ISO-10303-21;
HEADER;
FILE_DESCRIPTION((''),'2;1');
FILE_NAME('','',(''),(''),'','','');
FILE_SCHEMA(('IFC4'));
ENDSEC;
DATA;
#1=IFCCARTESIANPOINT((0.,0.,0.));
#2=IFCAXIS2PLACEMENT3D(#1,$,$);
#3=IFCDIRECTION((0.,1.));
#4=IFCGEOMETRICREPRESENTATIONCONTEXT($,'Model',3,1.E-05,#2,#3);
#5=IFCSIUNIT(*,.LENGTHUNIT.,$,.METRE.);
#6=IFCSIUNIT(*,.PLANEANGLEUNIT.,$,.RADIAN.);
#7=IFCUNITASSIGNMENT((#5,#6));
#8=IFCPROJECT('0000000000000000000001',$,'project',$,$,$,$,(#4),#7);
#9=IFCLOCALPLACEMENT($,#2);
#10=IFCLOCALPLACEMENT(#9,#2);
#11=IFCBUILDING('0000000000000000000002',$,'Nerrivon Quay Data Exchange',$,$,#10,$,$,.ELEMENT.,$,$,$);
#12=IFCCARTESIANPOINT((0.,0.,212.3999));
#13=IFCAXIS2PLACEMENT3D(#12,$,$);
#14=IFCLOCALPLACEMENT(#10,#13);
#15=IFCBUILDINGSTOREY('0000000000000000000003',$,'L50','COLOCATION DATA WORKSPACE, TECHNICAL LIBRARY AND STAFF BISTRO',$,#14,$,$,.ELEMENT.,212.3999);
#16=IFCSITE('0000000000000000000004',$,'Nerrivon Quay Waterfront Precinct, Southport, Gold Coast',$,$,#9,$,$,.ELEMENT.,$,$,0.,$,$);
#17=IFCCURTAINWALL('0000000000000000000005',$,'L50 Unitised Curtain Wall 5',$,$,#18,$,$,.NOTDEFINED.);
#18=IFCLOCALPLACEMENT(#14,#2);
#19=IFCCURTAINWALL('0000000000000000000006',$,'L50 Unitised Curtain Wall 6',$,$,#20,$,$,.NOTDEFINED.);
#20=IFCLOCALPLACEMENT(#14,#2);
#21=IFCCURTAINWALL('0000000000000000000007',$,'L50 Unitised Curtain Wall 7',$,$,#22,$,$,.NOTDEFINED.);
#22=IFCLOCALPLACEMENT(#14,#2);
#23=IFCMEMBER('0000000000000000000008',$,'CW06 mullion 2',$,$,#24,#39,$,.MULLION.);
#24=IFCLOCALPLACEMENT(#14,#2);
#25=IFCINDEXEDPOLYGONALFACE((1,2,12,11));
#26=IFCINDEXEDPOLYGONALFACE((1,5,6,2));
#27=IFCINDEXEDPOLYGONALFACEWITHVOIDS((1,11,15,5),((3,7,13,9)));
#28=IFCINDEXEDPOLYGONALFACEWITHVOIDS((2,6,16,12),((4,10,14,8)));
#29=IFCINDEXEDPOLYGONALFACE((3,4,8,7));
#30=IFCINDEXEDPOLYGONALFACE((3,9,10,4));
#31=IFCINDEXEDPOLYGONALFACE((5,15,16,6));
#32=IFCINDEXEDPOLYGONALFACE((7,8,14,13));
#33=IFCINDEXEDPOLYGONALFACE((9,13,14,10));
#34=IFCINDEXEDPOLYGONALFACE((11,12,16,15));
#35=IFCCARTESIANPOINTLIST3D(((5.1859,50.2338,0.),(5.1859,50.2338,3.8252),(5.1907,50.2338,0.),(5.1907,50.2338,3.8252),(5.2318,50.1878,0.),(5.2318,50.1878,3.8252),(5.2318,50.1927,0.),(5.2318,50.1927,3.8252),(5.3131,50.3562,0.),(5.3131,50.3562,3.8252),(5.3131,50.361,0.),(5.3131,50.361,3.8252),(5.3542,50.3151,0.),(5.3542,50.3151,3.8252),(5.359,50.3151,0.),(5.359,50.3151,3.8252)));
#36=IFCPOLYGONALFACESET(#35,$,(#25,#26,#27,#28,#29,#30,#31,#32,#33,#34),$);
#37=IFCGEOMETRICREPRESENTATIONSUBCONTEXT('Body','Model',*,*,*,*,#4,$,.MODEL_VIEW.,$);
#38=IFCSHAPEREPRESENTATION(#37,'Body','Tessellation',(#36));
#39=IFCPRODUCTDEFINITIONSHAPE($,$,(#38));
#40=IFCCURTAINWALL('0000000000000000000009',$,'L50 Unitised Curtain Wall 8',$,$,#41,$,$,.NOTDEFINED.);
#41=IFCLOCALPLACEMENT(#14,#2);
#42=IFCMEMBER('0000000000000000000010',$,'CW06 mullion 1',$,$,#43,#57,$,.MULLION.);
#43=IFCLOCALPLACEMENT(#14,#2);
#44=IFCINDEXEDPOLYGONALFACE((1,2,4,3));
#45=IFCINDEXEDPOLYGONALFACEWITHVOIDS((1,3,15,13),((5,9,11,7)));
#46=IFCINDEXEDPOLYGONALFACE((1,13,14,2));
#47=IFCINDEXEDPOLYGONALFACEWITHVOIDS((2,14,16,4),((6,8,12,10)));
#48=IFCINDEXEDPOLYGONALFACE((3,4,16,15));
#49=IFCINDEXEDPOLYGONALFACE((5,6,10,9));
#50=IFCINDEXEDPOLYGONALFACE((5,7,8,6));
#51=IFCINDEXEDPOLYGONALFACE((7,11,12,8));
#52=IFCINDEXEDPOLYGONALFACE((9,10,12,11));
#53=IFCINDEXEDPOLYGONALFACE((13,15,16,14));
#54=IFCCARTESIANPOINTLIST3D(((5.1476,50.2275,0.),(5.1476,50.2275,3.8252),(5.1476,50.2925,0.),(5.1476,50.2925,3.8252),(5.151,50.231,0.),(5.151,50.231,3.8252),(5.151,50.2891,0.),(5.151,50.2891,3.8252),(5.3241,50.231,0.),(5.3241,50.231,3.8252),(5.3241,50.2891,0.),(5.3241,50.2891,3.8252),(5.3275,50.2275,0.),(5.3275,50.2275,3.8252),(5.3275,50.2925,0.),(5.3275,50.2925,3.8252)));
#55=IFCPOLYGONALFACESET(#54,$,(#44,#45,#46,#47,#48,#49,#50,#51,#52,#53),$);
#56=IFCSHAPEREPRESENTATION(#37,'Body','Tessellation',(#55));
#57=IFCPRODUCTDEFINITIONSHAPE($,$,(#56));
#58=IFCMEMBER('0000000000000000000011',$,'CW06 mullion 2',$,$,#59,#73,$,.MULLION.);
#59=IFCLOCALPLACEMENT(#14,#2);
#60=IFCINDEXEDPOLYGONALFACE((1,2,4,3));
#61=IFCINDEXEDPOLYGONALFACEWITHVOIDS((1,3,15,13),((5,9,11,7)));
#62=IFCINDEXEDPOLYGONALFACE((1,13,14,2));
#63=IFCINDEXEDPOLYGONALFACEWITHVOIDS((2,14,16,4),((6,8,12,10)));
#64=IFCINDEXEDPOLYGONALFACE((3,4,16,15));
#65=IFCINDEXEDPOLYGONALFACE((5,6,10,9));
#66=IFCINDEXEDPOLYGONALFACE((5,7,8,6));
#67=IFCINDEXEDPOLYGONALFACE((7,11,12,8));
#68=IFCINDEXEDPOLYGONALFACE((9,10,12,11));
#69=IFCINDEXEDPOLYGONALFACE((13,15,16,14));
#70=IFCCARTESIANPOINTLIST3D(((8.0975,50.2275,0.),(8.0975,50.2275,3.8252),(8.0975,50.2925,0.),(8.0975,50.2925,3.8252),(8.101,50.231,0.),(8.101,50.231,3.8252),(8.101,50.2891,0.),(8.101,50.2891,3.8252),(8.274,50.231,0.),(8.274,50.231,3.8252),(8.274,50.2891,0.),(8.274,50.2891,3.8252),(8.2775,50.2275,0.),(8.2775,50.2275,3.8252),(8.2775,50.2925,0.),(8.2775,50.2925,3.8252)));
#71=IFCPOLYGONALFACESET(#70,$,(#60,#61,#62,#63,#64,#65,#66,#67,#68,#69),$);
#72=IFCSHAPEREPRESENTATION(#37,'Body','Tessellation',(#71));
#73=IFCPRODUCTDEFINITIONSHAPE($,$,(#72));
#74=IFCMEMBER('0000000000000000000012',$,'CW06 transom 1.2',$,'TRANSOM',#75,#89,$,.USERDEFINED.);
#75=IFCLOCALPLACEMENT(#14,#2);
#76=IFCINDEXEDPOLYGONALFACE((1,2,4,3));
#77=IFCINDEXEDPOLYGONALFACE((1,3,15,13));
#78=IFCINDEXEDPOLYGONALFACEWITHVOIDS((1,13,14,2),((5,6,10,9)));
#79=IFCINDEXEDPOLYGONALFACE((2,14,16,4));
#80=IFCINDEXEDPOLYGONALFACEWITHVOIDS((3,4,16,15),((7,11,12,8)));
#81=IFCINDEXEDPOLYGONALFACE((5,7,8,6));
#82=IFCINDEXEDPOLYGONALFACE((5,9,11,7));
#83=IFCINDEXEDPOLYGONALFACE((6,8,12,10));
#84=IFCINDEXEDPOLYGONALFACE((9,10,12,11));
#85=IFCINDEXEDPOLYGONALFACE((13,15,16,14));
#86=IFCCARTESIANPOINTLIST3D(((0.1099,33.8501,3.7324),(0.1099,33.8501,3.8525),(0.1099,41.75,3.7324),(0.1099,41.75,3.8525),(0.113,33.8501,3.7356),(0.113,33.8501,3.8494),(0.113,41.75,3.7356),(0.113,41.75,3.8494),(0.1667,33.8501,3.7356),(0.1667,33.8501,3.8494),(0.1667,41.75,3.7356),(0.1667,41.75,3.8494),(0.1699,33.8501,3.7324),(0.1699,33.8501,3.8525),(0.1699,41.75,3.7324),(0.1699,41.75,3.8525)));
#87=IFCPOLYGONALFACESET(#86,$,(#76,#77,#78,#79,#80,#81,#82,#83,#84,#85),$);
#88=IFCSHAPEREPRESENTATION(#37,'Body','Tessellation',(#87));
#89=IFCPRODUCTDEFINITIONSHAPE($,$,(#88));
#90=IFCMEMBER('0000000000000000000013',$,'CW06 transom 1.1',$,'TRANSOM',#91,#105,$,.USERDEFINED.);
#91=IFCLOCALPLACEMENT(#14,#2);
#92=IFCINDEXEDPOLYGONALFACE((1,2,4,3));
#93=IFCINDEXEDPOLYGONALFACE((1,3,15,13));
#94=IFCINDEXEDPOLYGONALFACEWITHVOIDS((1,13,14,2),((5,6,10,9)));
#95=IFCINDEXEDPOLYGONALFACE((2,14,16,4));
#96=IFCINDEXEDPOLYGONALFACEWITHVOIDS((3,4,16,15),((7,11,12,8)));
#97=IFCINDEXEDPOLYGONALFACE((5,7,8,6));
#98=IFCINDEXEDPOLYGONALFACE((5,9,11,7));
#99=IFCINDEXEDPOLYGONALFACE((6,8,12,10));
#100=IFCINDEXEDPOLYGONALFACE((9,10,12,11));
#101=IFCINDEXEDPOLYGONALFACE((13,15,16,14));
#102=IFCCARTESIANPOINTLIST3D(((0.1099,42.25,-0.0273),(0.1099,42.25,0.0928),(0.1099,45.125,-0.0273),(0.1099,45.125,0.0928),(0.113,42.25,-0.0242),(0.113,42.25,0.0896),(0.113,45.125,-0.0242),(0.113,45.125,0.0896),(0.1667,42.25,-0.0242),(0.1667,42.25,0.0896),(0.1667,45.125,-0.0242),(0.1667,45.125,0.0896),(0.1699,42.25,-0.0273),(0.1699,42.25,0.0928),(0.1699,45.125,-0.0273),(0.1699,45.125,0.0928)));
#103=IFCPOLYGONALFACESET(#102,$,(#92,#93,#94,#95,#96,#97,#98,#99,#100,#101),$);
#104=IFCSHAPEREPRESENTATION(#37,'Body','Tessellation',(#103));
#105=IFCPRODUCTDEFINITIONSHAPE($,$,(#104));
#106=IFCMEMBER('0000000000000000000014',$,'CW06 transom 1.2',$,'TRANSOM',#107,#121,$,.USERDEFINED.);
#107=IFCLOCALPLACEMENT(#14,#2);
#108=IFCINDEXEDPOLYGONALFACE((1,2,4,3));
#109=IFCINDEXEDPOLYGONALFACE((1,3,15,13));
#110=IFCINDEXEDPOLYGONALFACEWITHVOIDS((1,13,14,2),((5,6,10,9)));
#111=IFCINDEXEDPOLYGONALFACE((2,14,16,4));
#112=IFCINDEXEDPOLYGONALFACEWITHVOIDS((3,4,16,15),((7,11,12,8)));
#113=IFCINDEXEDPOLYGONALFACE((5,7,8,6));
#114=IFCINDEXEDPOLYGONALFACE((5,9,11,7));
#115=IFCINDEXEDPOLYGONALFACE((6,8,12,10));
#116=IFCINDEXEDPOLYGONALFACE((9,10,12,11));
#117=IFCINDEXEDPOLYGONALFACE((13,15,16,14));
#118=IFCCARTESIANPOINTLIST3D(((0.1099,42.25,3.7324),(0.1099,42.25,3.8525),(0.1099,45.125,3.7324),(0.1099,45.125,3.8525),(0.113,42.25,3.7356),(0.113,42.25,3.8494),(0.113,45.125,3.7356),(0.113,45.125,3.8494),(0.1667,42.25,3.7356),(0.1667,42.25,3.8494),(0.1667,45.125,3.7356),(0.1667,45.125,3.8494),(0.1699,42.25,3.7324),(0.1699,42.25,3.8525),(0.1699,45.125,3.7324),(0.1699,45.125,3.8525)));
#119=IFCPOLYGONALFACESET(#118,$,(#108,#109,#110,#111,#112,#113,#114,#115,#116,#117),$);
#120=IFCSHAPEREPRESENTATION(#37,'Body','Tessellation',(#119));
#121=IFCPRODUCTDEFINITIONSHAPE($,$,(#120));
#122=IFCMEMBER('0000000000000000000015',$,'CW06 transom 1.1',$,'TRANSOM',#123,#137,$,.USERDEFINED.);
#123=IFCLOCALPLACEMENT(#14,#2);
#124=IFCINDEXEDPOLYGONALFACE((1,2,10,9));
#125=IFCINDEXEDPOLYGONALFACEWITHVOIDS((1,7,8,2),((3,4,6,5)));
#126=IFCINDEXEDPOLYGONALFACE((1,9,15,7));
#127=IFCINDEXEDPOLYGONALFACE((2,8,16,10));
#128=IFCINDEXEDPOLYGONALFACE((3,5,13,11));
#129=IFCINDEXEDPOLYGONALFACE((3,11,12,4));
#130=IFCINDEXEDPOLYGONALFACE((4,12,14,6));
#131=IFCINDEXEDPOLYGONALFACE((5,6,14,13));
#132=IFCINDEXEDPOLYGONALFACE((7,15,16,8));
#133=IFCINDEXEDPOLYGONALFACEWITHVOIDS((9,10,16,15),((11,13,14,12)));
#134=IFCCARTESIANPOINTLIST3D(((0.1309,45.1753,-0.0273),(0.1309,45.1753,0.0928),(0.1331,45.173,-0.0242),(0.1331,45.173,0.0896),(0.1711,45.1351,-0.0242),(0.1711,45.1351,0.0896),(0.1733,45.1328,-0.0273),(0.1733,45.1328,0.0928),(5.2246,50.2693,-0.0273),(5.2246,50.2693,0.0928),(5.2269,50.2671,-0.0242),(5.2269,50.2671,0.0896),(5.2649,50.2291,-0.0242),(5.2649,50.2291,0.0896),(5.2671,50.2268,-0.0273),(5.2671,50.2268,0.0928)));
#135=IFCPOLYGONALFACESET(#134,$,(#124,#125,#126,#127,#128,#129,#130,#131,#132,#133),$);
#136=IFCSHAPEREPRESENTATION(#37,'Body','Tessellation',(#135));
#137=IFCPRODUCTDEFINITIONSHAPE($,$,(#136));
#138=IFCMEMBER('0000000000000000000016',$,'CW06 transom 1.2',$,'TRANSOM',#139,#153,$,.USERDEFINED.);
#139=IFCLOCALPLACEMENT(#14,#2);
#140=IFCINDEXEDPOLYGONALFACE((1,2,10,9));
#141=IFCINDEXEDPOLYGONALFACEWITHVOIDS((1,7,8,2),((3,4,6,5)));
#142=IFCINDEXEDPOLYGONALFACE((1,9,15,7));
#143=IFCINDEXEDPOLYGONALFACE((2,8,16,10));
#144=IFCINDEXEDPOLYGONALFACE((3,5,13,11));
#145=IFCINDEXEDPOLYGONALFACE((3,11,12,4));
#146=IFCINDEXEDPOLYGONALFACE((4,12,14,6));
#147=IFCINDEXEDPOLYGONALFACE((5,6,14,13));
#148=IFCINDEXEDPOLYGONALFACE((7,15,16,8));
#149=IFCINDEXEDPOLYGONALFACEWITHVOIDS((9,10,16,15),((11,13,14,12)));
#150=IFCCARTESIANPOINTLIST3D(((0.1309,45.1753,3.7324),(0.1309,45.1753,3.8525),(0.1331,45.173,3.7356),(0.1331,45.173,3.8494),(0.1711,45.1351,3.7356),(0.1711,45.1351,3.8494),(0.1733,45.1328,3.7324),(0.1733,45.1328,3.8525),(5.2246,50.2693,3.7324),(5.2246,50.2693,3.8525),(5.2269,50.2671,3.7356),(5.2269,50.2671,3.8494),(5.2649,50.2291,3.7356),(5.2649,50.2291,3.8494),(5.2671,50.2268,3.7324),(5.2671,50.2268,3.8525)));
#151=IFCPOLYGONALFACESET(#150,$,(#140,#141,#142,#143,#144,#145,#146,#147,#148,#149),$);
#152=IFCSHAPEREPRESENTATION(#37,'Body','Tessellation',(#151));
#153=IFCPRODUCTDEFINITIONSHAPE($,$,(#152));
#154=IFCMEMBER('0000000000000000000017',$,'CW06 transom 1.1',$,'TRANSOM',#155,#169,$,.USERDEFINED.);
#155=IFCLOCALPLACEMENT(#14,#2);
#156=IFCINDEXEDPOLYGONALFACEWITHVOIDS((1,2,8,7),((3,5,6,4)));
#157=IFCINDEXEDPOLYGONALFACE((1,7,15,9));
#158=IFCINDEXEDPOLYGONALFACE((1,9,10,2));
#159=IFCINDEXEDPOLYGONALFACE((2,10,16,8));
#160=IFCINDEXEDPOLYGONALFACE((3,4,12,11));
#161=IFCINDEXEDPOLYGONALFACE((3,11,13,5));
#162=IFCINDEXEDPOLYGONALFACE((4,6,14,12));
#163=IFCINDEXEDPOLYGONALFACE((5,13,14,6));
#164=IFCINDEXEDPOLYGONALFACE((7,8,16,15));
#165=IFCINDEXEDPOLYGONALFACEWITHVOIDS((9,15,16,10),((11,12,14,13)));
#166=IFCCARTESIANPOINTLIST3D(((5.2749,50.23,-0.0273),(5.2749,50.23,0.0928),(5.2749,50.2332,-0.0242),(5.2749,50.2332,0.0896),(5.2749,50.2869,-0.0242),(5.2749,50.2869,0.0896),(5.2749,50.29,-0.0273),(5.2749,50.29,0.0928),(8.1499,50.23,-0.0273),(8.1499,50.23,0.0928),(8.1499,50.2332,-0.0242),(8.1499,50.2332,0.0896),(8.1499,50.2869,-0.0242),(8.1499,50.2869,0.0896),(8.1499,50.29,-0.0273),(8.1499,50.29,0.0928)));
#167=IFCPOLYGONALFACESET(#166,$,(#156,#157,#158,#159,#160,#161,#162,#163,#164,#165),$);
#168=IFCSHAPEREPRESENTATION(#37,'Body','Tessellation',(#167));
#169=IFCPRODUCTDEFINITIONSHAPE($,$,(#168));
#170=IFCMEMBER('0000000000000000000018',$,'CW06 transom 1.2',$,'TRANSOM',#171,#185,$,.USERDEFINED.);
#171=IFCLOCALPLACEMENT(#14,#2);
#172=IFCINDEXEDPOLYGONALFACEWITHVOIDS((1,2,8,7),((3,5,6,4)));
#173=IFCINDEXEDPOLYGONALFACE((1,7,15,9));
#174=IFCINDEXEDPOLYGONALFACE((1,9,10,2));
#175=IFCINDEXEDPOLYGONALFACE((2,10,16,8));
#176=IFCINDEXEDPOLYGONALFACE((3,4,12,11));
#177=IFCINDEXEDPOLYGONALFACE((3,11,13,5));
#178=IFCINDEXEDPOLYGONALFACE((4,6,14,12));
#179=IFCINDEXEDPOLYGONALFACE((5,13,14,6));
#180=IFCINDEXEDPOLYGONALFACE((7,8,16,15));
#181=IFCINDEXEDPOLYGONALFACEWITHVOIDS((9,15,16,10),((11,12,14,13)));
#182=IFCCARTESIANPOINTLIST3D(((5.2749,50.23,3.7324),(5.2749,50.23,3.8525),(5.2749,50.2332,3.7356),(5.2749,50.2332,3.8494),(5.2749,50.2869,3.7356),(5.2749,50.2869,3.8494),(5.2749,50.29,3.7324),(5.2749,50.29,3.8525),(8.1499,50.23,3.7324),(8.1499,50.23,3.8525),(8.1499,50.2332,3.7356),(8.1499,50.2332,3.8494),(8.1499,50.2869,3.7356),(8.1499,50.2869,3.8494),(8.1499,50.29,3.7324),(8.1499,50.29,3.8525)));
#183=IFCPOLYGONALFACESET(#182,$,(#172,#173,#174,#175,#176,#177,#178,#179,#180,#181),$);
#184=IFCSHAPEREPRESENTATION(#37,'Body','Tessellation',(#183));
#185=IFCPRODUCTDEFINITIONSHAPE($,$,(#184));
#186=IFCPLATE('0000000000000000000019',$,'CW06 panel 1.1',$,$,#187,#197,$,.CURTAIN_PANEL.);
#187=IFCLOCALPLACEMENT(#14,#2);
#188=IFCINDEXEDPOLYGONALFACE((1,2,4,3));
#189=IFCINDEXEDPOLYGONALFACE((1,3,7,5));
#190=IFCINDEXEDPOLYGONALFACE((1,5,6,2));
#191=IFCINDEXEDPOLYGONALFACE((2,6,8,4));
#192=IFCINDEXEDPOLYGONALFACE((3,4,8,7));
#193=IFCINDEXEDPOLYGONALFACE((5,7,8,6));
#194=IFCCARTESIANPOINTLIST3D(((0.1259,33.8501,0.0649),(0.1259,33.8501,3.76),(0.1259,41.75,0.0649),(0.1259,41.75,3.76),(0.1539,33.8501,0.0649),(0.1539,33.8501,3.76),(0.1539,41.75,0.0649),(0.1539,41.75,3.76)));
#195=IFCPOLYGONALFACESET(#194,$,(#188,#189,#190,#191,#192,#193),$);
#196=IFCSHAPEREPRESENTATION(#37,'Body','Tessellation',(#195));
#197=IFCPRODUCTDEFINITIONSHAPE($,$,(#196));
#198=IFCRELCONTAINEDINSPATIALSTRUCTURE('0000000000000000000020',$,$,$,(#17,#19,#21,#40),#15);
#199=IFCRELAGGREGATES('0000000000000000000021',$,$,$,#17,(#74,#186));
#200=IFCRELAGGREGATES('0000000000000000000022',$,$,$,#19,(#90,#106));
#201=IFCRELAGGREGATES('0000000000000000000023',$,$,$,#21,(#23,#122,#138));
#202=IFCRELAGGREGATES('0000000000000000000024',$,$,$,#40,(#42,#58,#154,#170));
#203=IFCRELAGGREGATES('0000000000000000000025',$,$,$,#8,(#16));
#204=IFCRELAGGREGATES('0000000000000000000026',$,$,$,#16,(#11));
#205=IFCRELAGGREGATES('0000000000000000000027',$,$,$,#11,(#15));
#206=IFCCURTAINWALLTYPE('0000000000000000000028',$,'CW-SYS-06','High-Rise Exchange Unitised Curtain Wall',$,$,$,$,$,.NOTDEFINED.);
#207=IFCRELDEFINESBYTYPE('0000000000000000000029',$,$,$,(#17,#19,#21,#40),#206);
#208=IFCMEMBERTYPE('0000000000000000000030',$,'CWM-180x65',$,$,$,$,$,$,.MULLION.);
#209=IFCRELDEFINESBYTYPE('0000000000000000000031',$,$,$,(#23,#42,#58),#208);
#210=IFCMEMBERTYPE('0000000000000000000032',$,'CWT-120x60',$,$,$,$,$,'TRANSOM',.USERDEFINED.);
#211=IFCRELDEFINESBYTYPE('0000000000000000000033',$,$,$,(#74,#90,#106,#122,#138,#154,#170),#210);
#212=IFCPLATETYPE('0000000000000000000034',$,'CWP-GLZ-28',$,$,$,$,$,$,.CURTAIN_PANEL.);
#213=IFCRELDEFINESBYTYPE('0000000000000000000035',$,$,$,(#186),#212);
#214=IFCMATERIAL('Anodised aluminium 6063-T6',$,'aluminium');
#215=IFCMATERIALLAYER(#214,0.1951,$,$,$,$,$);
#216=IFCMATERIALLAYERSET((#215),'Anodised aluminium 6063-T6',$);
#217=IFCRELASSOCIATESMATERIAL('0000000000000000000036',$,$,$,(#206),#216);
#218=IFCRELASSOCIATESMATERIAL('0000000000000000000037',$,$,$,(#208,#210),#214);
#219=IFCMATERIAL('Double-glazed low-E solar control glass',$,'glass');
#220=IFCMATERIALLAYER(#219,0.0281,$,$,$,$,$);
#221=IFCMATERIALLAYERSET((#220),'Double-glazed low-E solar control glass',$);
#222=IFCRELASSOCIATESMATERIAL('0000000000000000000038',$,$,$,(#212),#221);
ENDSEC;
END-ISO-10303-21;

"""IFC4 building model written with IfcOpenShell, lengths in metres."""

from ifc_helpers import new_model, si_unit, direction, frame, origin, origin_2d, place, context, subcontext, project, spatial, rectangle, hollow_rectangle, extrude, material, layer, layer_set, material_profile, profile_set, type_object, element, aggregate, save


model = new_model("IFC4")

# Units and contexts
model_context = context("Model", 3, precision=1e-05, world=origin(), true_north=direction((0.0, 1.0)))
body_context = subcontext(model_context, "Body", "Model", "MODEL_VIEW")
ifc_project = project(units=[si_unit("LENGTHUNIT", "METRE"), si_unit("PLANEANGLEUNIT", "RADIAN")], contexts=[model_context])

# Site, building, storey
site_placement = place(None, origin())
site = spatial("IfcSite", under=ifc_project, at=site_placement, Name="Nerrivon Quay Waterfront Precinct, Southport, Gold Coast", CompositionType="ELEMENT", RefElevation=0.0)
building_placement = place(site_placement, origin())
building = spatial("IfcBuilding", under=site, at=building_placement, Name="Nerrivon Quay Data Exchange", CompositionType="ELEMENT")
storey_placement = place(building_placement, frame((0.0, 0.0, 212.3999)))
storey = spatial("IfcBuildingStorey", under=building, at=storey_placement, Name="L50", Description="COLOCATION DATA WORKSPACE, TECHNICAL LIBRARY AND STAFF BISTRO", CompositionType="ELEMENT", Elevation=212.3999)

# Curtain wall
ifc_material_1 = material(Name="Anodised aluminium 6063-T6", Category="aluminium")
ifc_layer_1 = layer(ifc_material_1, 0.1951)
ifc_layer_set_1 = layer_set([ifc_layer_1], Name="Anodised aluminium 6063-T6")
curtain_wall_type = type_object("IfcCurtainWallType", Name="CW-SYS-06", Description="High-Rise Exchange Unitised Curtain Wall", PredefinedType="NOTDEFINED", material=ifc_layer_set_1)
curtain_wall_1_placement = place(storey_placement, origin())
curtain_wall_1 = element("IfcCurtainWall", 1, at=curtain_wall_1_placement, inside=storey, type_object=curtain_wall_type, Name="L50 Unitised Curtain Wall 5", PredefinedType="NOTDEFINED")
ifc_material_profile_1 = material_profile(ifc_material_1, hollow_rectangle(XDim=0.0649, YDim=0.1799, WallThickness=0.0034, at=origin_2d()), Name="ALU-MULL-180x65")
ifc_profile_set_1 = profile_set([ifc_material_profile_1], Name="Anodised aluminium 6063-T6")
member_type_1 = type_object("IfcMemberType", Name="CWM-180x65", PredefinedType="MULLION", material=ifc_profile_set_1)

# Curtain walls, members
curtain_wall_2_placement = place(storey_placement, origin())
curtain_wall_2 = element("IfcCurtainWall", 2, at=curtain_wall_2_placement, inside=storey, type_object=curtain_wall_type, Name="L50 Unitised Curtain Wall 6", PredefinedType="NOTDEFINED")
curtain_wall_3_placement = place(storey_placement, origin())
curtain_wall_3 = element("IfcCurtainWall", 3, at=curtain_wall_3_placement, inside=storey, type_object=curtain_wall_type, Name="L50 Unitised Curtain Wall 7", PredefinedType="NOTDEFINED")
member_1_placement = place(storey_placement, frame((5.2725, 50.2744, 0.0), z_axis=(0.0, 0.0, 1.0), x_axis=(-0.707107, 0.707107, 0.0)))
member_1 = element("IfcMember", 4, at=member_1_placement, type_object=member_type_1, Name="CW06 mullion 2", PredefinedType="MULLION", context=body_context, shape_type="SweptSolid", body=[
    extrude(hollow_rectangle(XDim=0.0649, YDim=0.1799, WallThickness=0.0034, at=origin_2d()), origin(), (0.0, 0.0, 1.0), 3.8252),
])
curtain_wall_4_placement = place(storey_placement, origin())
curtain_wall_4 = element("IfcCurtainWall", 5, at=curtain_wall_4_placement, inside=storey, type_object=curtain_wall_type, Name="L50 Unitised Curtain Wall 8", PredefinedType="NOTDEFINED")
member_2_placement = place(storey_placement, frame((5.2375, 50.26, 0.0), z_axis=(0.0, 0.0, 1.0), x_axis=(0.0, 1.0, 0.0)))
member_2 = element("IfcMember", 6, at=member_2_placement, type_object=member_type_1, Name="CW06 mullion 1", PredefinedType="MULLION", context=body_context, shape_type="SweptSolid", body=[
    extrude(hollow_rectangle(XDim=0.0649, YDim=0.1799, WallThickness=0.0034, at=origin_2d()), origin(), (0.0, 0.0, 1.0), 3.8252),
])
member_3_placement = place(storey_placement, frame((8.1875, 50.26, 0.0), z_axis=(0.0, 0.0, 1.0), x_axis=(0.0, 1.0, 0.0)))
member_3 = element("IfcMember", 7, at=member_3_placement, type_object=member_type_1, Name="CW06 mullion 2", PredefinedType="MULLION", context=body_context, shape_type="SweptSolid", body=[
    extrude(hollow_rectangle(XDim=0.0649, YDim=0.1799, WallThickness=0.0034, at=origin_2d()), origin(), (0.0, 0.0, 1.0), 3.8252),
])

# Members
ifc_material_profile_2 = material_profile(ifc_material_1, hollow_rectangle(XDim=0.0601, YDim=0.1201, WallThickness=0.0032, at=origin_2d()), Name="ALU-TRAN-120x60")
ifc_profile_set_2 = profile_set([ifc_material_profile_2], Name="Anodised aluminium 6063-T6")
member_type_2 = type_object("IfcMemberType", Name="CWT-120x60", ElementType="TRANSOM", PredefinedType="USERDEFINED", material=ifc_profile_set_2)
member_4_placement = place(storey_placement, frame((0.1399, 33.8501, 3.7925), z_axis=(0.0, 1.0, 0.0), x_axis=(-1.0, 0.0, 0.0)))
member_4 = element("IfcMember", 8, at=member_4_placement, type_object=member_type_2, Name="CW06 transom 1.2", ObjectType="TRANSOM", PredefinedType="USERDEFINED", context=body_context, shape_type="SweptSolid", body=[
    extrude(hollow_rectangle(XDim=0.0601, YDim=0.1201, WallThickness=0.0032, at=origin_2d()), origin(), (0.0, 0.0, 1.0), 7.8999),
])
member_5_placement = place(storey_placement, frame((0.1399, 42.25, 0.0327), z_axis=(0.0, 1.0, 0.0), x_axis=(-1.0, 0.0, 0.0)))
member_5 = element("IfcMember", 9, at=member_5_placement, type_object=member_type_2, Name="CW06 transom 1.1", ObjectType="TRANSOM", PredefinedType="USERDEFINED", context=body_context, shape_type="SweptSolid", body=[
    extrude(hollow_rectangle(XDim=0.0601, YDim=0.1201, WallThickness=0.0032, at=origin_2d()), origin(), (0.0, 0.0, 1.0), 2.875),
])
member_6_placement = place(storey_placement, frame((0.1399, 42.25, 3.7925), z_axis=(0.0, 1.0, 0.0), x_axis=(-1.0, 0.0, 0.0)))
member_6 = element("IfcMember", 10, at=member_6_placement, type_object=member_type_2, Name="CW06 transom 1.2", ObjectType="TRANSOM", PredefinedType="USERDEFINED", context=body_context, shape_type="SweptSolid", body=[
    extrude(hollow_rectangle(XDim=0.0601, YDim=0.1201, WallThickness=0.0032, at=origin_2d()), origin(), (0.0, 0.0, 1.0), 2.875),
])
member_7_placement = place(storey_placement, frame((0.1521, 45.1541, 0.0327), z_axis=(0.70709, 0.707124, 0.0), x_axis=(-0.707124, 0.70709, 0.0)))
member_7 = element("IfcMember", 11, at=member_7_placement, type_object=member_type_2, Name="CW06 transom 1.1", ObjectType="TRANSOM", PredefinedType="USERDEFINED", context=body_context, shape_type="SweptSolid", body=[
    extrude(hollow_rectangle(XDim=0.0601, YDim=0.1201, WallThickness=0.0032, at=origin_2d()), origin(), (0.0, 0.0, 1.0), 7.2039),
])
member_8_placement = place(storey_placement, frame((0.1521, 45.1541, 3.7925), z_axis=(0.70709, 0.707124, 0.0), x_axis=(-0.707124, 0.70709, 0.0)))
member_8 = element("IfcMember", 12, at=member_8_placement, type_object=member_type_2, Name="CW06 transom 1.2", ObjectType="TRANSOM", PredefinedType="USERDEFINED", context=body_context, shape_type="SweptSolid", body=[
    extrude(hollow_rectangle(XDim=0.0601, YDim=0.1201, WallThickness=0.0032, at=origin_2d()), origin(), (0.0, 0.0, 1.0), 7.2039),
])
member_9_placement = place(storey_placement, frame((5.2749, 50.26, 0.0327), z_axis=(1.0, 0.0, 0.0), x_axis=(0.0, 1.0, 0.0)))
member_9 = element("IfcMember", 13, at=member_9_placement, type_object=member_type_2, Name="CW06 transom 1.1", ObjectType="TRANSOM", PredefinedType="USERDEFINED", context=body_context, shape_type="SweptSolid", body=[
    extrude(hollow_rectangle(XDim=0.0601, YDim=0.1201, WallThickness=0.0032, at=origin_2d()), origin(), (0.0, 0.0, 1.0), 2.875),
])
member_10_placement = place(storey_placement, frame((5.2749, 50.26, 3.7925), z_axis=(1.0, 0.0, 0.0), x_axis=(0.0, 1.0, 0.0)))
member_10 = element("IfcMember", 14, at=member_10_placement, type_object=member_type_2, Name="CW06 transom 1.2", ObjectType="TRANSOM", PredefinedType="USERDEFINED", context=body_context, shape_type="SweptSolid", body=[
    extrude(hollow_rectangle(XDim=0.0601, YDim=0.1201, WallThickness=0.0032, at=origin_2d()), origin(), (0.0, 0.0, 1.0), 2.875),
])

# Plate
ifc_material_2 = material(Name="Double-glazed low-E solar control glass", Category="glass")
ifc_layer_2 = layer(ifc_material_2, 0.0281)
ifc_layer_set_2 = layer_set([ifc_layer_2], Name="Double-glazed low-E solar control glass")
plate_type = type_object("IfcPlateType", Name="CWP-GLZ-28", PredefinedType="CURTAIN_PANEL", material=ifc_layer_set_2)
plate_1_placement = place(storey_placement, frame((0.1399, 37.8, 0.0649), z_axis=(0.0, 0.0, 1.0), x_axis=(0.0, 1.0, 0.0)))
plate_1 = element("IfcPlate", 15, at=plate_1_placement, type_object=plate_type, Name="CW06 panel 1.1", PredefinedType="CURTAIN_PANEL", context=body_context, shape_type="SweptSolid", body=[
    extrude(rectangle(XDim=7.8999, YDim=0.0281, at=origin_2d()), origin(), (0.0, 0.0, 1.0), 3.6951),
])
aggregate(curtain_wall_1, [member_4, plate_1])
aggregate(curtain_wall_2, [member_5, member_6])
aggregate(curtain_wall_3, [member_1, member_7, member_8])
aggregate(curtain_wall_4, [member_2, member_3, member_9, member_10])

save(model, "model.ifc")
